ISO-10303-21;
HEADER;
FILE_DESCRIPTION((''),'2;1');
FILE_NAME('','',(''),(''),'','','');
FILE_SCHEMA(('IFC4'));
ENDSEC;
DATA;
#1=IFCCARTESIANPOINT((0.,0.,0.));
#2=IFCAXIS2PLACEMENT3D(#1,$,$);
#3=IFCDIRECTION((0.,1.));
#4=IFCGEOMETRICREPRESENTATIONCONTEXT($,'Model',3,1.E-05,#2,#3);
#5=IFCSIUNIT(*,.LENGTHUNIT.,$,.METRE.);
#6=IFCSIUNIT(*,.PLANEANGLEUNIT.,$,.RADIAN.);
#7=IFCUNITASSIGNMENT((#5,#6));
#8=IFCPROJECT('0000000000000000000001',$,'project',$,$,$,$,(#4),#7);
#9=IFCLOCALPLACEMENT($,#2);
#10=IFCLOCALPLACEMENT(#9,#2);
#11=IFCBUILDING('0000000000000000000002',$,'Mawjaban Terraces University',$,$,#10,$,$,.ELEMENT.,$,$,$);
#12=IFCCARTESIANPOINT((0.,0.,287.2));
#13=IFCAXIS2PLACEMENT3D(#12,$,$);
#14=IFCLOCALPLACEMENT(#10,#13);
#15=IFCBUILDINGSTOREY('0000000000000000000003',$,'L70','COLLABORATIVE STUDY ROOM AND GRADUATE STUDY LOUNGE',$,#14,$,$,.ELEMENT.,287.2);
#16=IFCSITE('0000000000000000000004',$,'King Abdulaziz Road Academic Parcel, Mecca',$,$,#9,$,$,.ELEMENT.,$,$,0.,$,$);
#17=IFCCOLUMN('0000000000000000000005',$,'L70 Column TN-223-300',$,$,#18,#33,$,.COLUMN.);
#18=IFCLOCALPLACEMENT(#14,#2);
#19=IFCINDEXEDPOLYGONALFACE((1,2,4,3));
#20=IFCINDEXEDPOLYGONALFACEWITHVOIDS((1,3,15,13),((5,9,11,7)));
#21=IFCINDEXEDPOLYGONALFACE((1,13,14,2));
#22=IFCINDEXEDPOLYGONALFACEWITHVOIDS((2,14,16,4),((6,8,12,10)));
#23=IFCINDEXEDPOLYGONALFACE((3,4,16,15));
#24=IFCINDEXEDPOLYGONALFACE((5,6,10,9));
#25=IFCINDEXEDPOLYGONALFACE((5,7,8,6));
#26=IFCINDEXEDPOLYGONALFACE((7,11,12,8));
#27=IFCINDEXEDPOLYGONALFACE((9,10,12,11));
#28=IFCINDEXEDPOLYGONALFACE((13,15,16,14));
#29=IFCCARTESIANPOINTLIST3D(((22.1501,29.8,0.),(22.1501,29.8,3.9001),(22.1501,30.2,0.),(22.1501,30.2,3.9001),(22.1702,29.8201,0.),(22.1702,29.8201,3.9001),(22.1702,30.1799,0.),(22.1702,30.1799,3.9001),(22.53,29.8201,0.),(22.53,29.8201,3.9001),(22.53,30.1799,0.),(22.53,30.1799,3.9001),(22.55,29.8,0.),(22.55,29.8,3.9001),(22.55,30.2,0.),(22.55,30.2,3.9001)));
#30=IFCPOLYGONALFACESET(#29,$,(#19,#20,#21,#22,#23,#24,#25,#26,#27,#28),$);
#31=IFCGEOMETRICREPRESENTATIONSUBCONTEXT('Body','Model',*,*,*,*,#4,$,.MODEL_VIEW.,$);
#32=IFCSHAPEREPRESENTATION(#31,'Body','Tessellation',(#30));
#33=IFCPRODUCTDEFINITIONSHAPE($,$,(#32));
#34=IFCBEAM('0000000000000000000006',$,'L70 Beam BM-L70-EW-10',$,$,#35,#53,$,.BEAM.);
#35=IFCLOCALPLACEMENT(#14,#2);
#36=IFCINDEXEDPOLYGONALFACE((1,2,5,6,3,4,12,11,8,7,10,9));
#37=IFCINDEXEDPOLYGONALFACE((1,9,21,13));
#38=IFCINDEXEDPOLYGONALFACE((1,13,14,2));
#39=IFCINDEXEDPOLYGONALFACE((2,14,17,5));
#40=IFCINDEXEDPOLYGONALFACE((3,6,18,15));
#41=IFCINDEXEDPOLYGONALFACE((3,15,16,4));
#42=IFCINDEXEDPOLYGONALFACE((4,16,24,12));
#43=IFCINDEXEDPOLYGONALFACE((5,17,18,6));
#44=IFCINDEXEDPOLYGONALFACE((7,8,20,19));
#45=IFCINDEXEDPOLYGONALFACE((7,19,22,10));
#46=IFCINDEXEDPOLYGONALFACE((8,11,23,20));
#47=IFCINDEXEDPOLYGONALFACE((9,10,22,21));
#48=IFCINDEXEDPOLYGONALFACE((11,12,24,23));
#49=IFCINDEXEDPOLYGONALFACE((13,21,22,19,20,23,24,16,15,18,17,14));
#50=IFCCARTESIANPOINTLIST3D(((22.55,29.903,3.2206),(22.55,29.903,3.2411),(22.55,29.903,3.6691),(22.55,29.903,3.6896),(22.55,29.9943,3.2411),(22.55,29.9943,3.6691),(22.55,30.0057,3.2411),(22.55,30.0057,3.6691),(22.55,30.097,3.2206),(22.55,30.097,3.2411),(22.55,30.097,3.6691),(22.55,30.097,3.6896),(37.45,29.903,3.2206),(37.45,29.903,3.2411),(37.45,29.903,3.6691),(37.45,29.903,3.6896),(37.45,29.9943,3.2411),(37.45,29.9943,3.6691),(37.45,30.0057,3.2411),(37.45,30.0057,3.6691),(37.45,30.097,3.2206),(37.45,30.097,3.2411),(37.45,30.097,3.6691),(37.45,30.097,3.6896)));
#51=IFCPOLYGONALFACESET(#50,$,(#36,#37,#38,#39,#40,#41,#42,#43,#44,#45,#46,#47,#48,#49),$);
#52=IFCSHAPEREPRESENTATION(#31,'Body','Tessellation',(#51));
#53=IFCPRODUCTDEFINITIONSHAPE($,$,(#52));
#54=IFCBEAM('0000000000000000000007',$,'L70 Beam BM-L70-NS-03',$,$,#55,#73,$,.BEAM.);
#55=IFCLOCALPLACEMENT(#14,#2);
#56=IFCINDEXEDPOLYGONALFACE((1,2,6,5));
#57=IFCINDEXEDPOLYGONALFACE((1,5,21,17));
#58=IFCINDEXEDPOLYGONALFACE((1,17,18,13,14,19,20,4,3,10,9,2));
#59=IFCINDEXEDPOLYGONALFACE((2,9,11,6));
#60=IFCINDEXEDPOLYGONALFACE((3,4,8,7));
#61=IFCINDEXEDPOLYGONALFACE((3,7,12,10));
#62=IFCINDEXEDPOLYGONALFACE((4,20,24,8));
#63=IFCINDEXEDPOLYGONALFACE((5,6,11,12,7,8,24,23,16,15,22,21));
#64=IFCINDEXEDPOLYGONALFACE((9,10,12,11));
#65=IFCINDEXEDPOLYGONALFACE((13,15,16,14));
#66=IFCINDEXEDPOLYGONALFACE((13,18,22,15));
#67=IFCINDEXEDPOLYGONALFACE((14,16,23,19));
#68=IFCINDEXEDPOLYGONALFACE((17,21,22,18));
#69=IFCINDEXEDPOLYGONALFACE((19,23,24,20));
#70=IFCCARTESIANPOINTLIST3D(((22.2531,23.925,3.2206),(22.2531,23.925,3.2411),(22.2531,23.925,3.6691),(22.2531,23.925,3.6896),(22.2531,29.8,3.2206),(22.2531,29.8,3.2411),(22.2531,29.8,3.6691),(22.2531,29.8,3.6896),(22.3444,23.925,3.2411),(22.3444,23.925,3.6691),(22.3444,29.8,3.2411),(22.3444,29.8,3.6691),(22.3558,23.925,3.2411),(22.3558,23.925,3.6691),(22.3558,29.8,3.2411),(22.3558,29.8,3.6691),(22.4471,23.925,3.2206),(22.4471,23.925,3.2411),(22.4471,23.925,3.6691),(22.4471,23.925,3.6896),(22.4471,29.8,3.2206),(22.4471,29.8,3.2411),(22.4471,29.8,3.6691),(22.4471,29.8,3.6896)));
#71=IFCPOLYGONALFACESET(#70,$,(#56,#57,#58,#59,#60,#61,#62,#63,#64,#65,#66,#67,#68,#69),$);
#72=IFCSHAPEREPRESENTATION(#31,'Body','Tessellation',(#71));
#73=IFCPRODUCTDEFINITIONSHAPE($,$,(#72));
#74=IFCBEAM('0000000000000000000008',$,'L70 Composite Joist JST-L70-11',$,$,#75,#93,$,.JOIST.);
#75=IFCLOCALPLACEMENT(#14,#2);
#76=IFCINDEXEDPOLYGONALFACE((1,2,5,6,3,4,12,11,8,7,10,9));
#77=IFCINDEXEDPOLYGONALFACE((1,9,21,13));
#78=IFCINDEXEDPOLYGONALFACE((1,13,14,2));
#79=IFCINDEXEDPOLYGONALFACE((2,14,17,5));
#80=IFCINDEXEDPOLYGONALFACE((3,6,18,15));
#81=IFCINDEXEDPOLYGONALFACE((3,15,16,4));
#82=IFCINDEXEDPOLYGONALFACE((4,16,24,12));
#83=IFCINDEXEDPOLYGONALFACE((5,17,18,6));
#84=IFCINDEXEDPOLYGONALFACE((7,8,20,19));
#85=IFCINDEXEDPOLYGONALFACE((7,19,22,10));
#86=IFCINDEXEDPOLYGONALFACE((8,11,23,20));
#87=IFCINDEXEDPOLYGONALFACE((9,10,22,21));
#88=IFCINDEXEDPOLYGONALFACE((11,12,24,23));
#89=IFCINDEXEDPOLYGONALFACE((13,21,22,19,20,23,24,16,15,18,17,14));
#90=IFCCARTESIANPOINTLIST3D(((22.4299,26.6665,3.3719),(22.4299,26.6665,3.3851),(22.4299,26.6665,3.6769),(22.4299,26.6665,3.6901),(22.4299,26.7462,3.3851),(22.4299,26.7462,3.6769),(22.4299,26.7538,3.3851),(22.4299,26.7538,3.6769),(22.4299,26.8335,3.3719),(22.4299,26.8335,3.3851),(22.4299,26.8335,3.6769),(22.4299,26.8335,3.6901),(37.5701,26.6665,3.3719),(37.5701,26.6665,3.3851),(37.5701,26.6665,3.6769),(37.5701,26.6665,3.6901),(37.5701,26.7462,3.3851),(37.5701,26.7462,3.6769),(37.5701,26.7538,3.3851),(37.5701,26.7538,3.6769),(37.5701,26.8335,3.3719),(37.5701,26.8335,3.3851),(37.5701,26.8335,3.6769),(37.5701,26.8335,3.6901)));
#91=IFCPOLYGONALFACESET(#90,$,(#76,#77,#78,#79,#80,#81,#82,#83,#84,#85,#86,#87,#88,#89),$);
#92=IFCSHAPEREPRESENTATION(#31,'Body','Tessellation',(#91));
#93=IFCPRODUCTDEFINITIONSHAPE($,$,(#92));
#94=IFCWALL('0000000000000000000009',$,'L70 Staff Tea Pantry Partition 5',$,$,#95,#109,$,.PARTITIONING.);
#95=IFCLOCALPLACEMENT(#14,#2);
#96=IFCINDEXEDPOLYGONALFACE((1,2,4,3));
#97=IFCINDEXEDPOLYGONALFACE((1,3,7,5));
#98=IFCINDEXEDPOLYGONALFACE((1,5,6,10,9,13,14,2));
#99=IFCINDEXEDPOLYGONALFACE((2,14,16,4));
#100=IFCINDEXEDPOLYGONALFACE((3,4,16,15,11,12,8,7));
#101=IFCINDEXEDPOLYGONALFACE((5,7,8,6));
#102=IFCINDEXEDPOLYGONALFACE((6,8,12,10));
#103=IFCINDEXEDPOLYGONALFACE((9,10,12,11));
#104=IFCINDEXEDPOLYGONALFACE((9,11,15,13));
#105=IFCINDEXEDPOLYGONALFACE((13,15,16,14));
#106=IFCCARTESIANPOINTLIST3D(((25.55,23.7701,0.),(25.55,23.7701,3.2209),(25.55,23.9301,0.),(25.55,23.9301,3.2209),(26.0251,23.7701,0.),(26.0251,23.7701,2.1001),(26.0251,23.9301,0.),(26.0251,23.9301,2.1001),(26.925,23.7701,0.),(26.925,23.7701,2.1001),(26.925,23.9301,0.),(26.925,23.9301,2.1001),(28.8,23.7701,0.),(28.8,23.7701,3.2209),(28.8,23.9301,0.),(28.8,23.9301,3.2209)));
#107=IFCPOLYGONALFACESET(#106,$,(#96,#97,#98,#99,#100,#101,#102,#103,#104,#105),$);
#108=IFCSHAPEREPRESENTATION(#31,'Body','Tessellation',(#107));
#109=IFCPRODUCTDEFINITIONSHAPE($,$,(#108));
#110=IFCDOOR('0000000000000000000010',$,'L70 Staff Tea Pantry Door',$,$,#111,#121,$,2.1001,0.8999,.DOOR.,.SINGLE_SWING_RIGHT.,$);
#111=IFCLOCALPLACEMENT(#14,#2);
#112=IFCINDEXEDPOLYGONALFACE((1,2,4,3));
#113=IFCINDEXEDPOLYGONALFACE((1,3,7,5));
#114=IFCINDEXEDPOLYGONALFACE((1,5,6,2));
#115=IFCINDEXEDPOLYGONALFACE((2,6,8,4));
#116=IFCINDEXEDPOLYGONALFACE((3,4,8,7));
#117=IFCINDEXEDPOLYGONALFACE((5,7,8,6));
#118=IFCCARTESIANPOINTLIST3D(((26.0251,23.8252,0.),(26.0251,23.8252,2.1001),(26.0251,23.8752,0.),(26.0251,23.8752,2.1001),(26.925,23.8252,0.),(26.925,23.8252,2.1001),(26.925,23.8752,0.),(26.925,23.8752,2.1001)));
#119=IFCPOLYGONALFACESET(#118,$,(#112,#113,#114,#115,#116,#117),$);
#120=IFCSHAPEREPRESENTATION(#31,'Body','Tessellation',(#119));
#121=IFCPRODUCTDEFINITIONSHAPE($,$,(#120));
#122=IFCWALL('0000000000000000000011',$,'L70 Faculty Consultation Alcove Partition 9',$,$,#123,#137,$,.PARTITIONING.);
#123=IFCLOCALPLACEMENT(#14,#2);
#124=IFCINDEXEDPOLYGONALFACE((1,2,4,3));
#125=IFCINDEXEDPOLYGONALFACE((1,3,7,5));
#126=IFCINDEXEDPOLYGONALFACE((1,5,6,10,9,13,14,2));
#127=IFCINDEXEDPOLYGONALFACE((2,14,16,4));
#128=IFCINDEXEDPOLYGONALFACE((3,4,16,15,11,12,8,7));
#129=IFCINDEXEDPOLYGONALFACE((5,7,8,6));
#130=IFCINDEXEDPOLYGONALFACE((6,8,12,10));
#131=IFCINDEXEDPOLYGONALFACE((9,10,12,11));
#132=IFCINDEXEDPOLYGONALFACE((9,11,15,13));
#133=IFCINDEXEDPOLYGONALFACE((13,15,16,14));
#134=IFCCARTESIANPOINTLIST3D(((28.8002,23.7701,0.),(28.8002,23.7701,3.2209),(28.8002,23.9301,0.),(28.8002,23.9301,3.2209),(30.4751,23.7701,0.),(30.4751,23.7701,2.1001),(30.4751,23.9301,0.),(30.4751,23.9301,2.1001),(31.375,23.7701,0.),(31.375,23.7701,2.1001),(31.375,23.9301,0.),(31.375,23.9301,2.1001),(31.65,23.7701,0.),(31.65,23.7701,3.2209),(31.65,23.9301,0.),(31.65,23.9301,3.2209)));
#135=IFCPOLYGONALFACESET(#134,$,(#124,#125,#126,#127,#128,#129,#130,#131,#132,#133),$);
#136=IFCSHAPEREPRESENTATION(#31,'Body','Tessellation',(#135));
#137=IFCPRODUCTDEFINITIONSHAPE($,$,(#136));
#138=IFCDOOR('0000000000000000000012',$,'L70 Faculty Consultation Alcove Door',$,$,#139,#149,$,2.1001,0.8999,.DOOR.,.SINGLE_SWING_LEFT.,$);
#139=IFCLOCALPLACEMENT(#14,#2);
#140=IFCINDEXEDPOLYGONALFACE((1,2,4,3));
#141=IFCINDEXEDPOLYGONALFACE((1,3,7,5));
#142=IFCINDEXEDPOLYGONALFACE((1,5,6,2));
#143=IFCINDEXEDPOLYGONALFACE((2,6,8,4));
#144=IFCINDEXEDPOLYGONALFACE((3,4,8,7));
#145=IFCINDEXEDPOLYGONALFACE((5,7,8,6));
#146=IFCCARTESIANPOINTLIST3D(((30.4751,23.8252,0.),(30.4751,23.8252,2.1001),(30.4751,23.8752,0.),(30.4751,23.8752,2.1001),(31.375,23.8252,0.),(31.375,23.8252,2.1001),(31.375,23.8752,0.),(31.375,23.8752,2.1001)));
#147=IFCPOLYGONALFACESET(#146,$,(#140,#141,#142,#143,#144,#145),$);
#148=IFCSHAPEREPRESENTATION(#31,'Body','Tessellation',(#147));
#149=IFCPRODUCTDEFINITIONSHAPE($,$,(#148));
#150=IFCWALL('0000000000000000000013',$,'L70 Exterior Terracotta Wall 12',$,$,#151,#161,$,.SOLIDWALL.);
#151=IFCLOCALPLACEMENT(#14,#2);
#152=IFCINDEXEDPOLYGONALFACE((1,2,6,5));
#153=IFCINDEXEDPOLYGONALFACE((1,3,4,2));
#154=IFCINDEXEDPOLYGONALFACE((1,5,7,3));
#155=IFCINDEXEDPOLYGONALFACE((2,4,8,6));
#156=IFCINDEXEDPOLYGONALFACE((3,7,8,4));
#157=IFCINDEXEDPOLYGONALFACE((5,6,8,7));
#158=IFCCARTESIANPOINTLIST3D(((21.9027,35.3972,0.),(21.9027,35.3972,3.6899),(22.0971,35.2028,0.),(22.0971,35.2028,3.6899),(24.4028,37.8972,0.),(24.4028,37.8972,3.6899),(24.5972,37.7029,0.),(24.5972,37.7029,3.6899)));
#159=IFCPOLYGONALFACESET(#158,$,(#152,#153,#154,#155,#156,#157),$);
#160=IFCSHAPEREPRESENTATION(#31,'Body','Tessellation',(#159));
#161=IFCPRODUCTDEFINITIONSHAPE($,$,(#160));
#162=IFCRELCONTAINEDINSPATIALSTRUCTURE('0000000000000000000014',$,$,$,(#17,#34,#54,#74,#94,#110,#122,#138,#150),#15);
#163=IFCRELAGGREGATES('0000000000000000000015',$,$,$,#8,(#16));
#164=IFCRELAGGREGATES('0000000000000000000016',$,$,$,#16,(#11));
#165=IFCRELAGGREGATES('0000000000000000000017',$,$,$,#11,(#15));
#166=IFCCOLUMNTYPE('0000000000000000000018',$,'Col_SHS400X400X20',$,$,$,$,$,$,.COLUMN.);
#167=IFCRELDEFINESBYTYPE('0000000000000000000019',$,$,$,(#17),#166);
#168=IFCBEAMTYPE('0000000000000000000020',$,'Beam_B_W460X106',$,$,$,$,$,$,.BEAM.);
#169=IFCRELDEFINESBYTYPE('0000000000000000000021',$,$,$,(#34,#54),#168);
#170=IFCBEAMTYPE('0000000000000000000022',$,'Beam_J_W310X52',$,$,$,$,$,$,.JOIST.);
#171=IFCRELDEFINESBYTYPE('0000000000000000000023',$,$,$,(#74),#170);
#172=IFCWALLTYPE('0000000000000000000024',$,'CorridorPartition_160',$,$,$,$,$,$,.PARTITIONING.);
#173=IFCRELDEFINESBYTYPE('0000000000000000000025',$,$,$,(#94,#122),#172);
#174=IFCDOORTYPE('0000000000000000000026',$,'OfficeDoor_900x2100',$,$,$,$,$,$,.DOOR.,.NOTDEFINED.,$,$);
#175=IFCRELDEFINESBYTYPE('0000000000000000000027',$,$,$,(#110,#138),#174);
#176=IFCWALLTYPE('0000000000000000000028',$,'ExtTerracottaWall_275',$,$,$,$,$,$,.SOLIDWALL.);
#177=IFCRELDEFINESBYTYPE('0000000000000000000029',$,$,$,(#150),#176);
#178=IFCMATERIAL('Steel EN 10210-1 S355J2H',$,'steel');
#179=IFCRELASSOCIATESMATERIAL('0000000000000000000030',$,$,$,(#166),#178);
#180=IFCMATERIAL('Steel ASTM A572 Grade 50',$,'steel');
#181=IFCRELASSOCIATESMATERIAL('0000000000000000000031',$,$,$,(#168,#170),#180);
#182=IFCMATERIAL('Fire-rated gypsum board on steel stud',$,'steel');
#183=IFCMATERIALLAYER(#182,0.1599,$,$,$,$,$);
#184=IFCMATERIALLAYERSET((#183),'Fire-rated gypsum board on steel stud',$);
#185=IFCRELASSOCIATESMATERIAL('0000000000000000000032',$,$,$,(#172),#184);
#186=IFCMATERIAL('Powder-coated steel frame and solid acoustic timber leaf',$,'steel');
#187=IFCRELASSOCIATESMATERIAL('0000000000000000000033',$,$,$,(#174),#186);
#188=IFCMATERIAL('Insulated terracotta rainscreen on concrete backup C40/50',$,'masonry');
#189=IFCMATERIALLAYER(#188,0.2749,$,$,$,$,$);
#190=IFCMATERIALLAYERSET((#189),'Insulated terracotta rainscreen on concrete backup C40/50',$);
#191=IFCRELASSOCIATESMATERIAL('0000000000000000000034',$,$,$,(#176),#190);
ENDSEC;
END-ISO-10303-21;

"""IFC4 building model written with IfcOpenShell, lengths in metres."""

from ifc_helpers import new_model, si_unit, direction, frame, frame_2d, origin, origin_2d, place, context, subcontext, project, spatial, rectangle, hollow_rectangle, i_section, extrude, material, layer, layer_set, material_profile, profile_set, type_object, element, fill, save


model = new_model("IFC4")

# Units and contexts
model_context = context("Model", 3, precision=1e-05, world=origin(), true_north=direction((0.0, 1.0)))
body_context = subcontext(model_context, "Body", "Model", "MODEL_VIEW")
ifc_project = project(units=[si_unit("LENGTHUNIT", "METRE"), si_unit("PLANEANGLEUNIT", "RADIAN")], contexts=[model_context])

# Site, building, storey
site_placement = place(None, origin())
site = spatial("IfcSite", under=ifc_project, at=site_placement, Name="King Abdulaziz Road Academic Parcel, Mecca", CompositionType="ELEMENT", RefElevation=0.0)
building_placement = place(site_placement, origin())
building = spatial("IfcBuilding", under=site, at=building_placement, Name="Mawjaban Terraces University", CompositionType="ELEMENT")
storey_placement = place(building_placement, frame((0.0, 0.0, 287.2)))
storey = spatial("IfcBuildingStorey", under=building, at=storey_placement, Name="L70", Description="COLLABORATIVE STUDY ROOM AND GRADUATE STUDY LOUNGE", CompositionType="ELEMENT", Elevation=287.2)

# Column
ifc_material_1 = material(Name="Steel EN 10210-1 S355J2H", Category="steel")
ifc_material_profile_1 = material_profile(ifc_material_1, hollow_rectangle(XDim=0.3999, YDim=0.3999, WallThickness=0.02, at=origin_2d()), Name="SHS400X400X20")
ifc_profile_set_1 = profile_set([ifc_material_profile_1], Name="Steel EN 10210-1 S355J2H")
column_type = type_object("IfcColumnType", Name="Col_SHS400X400X20", PredefinedType="COLUMN", material=ifc_profile_set_1)
column_placement = place(storey_placement, frame((22.3501, 30.0, 0.0), z_axis=(0.0, 0.0, 1.0), x_axis=(1.0, 0.0, 0.0)))
element("IfcColumn", 1, at=column_placement, inside=storey, type_object=column_type, Name="L70 Column TN-223-300", PredefinedType="COLUMN", context=body_context, shape_type="SweptSolid", body=[
    extrude(hollow_rectangle(XDim=0.3999, YDim=0.3999, WallThickness=0.02, at=origin_2d()), origin(), (0.0, 0.0, 1.0), 3.9001),
])

# Beams
ifc_material_2 = material(Name="Steel ASTM A572 Grade 50", Category="steel")
ifc_material_profile_2 = material_profile(ifc_material_2, i_section(OverallWidth=0.1941, OverallDepth=0.469, WebThickness=0.0115, FlangeThickness=0.0205, at=origin_2d()), Name="W460X106")
ifc_profile_set_2 = profile_set([ifc_material_profile_2], Name="Steel ASTM A572 Grade 50")
beam_type_1 = type_object("IfcBeamType", Name="Beam_B_W460X106", PredefinedType="BEAM", material=ifc_profile_set_2)
beam_1_placement = place(storey_placement, frame((22.55, 30.0, 3.4551), z_axis=(1.0, 0.0, 0.0), x_axis=(0.0, 1.0, 0.0)))
element("IfcBeam", 2, at=beam_1_placement, inside=storey, type_object=beam_type_1, Name="L70 Beam BM-L70-EW-10", PredefinedType="BEAM", context=body_context, shape_type="SweptSolid", body=[
    extrude(i_section(OverallWidth=0.1941, OverallDepth=0.469, WebThickness=0.0115, FlangeThickness=0.0205, at=origin_2d()), origin(), (0.0, 0.0, 1.0), 14.8999),
])
beam_2_placement = place(storey_placement, frame((22.3501, 23.925, 3.4551), z_axis=(0.0, 1.0, 0.0), x_axis=(-1.0, 0.0, 0.0)))
element("IfcBeam", 3, at=beam_2_placement, inside=storey, type_object=beam_type_1, Name="L70 Beam BM-L70-NS-03", PredefinedType="BEAM", context=body_context, shape_type="SweptSolid", body=[
    extrude(i_section(OverallWidth=0.1941, OverallDepth=0.469, WebThickness=0.0115, FlangeThickness=0.0205, at=origin_2d()), origin(), (0.0, 0.0, 1.0), 5.875),
])
ifc_material_profile_3 = material_profile(ifc_material_2, i_section(OverallWidth=0.167, OverallDepth=0.3181, WebThickness=0.0076, FlangeThickness=0.0132, at=origin_2d()), Name="W310X52")
ifc_profile_set_3 = profile_set([ifc_material_profile_3], Name="Steel ASTM A572 Grade 50")
beam_type_2 = type_object("IfcBeamType", Name="Beam_J_W310X52", PredefinedType="JOIST", material=ifc_profile_set_3)
beam_3_placement = place(storey_placement, frame((22.4299, 26.75, 3.531), z_axis=(1.0, 0.0, 0.0), x_axis=(0.0, 1.0, 0.0)))
element("IfcBeam", 4, at=beam_3_placement, inside=storey, type_object=beam_type_2, Name="L70 Composite Joist JST-L70-11", PredefinedType="JOIST", context=body_context, shape_type="SweptSolid", body=[
    extrude(i_section(OverallWidth=0.167, OverallDepth=0.3181, WebThickness=0.0076, FlangeThickness=0.0132, at=origin_2d()), origin(), (0.0, 0.0, 1.0), 15.1401),
])

# Walls, openings, doors
ifc_material_3 = material(Name="Fire-rated gypsum board on steel stud", Category="steel")
ifc_layer_1 = layer(ifc_material_3, 0.1599)
ifc_layer_set_1 = layer_set([ifc_layer_1], Name="Fire-rated gypsum board on steel stud")
wall_type_1 = type_object("IfcWallType", Name="CorridorPartition_160", PredefinedType="PARTITIONING", material=ifc_layer_set_1)
wall_1_placement = place(storey_placement, frame((28.8, 23.8501, 0.0), z_axis=(0.0, 0.0, 1.0), x_axis=(-1.0, 0.0, 0.0)))
wall_1 = element("IfcWall", 5, at=wall_1_placement, inside=storey, type_object=wall_type_1, Name="L70 Staff Tea Pantry Partition 5", PredefinedType="PARTITIONING", context=body_context, shape_type="SweptSolid", body=[
    extrude(rectangle(XDim=3.25, YDim=0.1599, at=frame_2d((1.625, 0.0))), origin(), (0.0, 0.0, 1.0), 3.2209),
])
opening_1_placement = place(wall_1_placement, frame((1.875, 0.0, 0.0)))
opening_1 = element("IfcOpeningElement", 6, at=opening_1_placement, cuts=wall_1, PredefinedType="OPENING", context=body_context, shape_type="SweptSolid", body=[
    extrude(rectangle(XDim=0.8999, YDim=2.1001, at=frame_2d((0.45, 1.05))), frame((0.0, 0.0898, 0.0), z_axis=(0.0, -1.0, 0.0), x_axis=(1.0, 0.0, 0.0)), (0.0, 0.0, 1.0), 0.1799),
])
ifc_material_4 = material(Name="Powder-coated steel frame and solid acoustic timber leaf", Category="steel")
door_type_1 = type_object("IfcDoorType", Name="OfficeDoor_900x2100", OperationType="NOTDEFINED", PredefinedType="DOOR", material=ifc_material_4)
door_1_placement = place(opening_1_placement, origin())
door_1 = element("IfcDoor", 7, at=door_1_placement, inside=storey, type_object=door_type_1, Name="L70 Staff Tea Pantry Door", OperationType="SINGLE_SWING_RIGHT", OverallHeight=2.1001, OverallWidth=0.8999, PredefinedType="DOOR", context=body_context, shape_type="SweptSolid", body=[
    extrude(rectangle(XDim=0.8999, YDim=2.1001, at=frame_2d((0.45, 1.05))), frame((0.0, 0.0249, 0.0), z_axis=(0.0, -1.0, 0.0), x_axis=(1.0, 0.0, 0.0)), (0.0, 0.0, 1.0), 0.05),
])
fill(opening_1, door_1)
wall_2_placement = place(storey_placement, frame((31.6499, 23.8501, 0.0), z_axis=(0.0, 0.0, 1.0), x_axis=(-1.0, 0.0, 0.0)))
wall_2 = element("IfcWall", 8, at=wall_2_placement, inside=storey, type_object=wall_type_1, Name="L70 Faculty Consultation Alcove Partition 9", PredefinedType="PARTITIONING", context=body_context, shape_type="SweptSolid", body=[
    extrude(rectangle(XDim=2.8499, YDim=0.1599, at=frame_2d((1.4248, 0.0))), origin(), (0.0, 0.0, 1.0), 3.2209),
])
opening_2_placement = place(wall_2_placement, frame((0.2749, 0.0, 0.0)))
opening_2 = element("IfcOpeningElement", 9, at=opening_2_placement, cuts=wall_2, PredefinedType="OPENING", context=body_context, shape_type="SweptSolid", body=[
    extrude(rectangle(XDim=0.8999, YDim=2.1001, at=frame_2d((0.45, 1.05))), frame((0.0, 0.0898, 0.0), z_axis=(0.0, -1.0, 0.0), x_axis=(1.0, 0.0, 0.0)), (0.0, 0.0, 1.0), 0.1799),
])
door_2_placement = place(opening_2_placement, origin())
door_2 = element("IfcDoor", 10, at=door_2_placement, inside=storey, type_object=door_type_1, Name="L70 Faculty Consultation Alcove Door", OperationType="SINGLE_SWING_LEFT", OverallHeight=2.1001, OverallWidth=0.8999, PredefinedType="DOOR", context=body_context, shape_type="SweptSolid", body=[
    extrude(rectangle(XDim=0.8999, YDim=2.1001, at=frame_2d((0.45, 1.05))), frame((0.0, 0.0249, 0.0), z_axis=(0.0, -1.0, 0.0), x_axis=(1.0, 0.0, 0.0)), (0.0, 0.0, 1.0), 0.05),
])
fill(opening_2, door_2)

# Wall
ifc_material_5 = material(Name="Insulated terracotta rainscreen on concrete backup C40/50", Category="masonry")
ifc_layer_2 = layer(ifc_material_5, 0.2749)
ifc_layer_set_2 = layer_set([ifc_layer_2], Name="Insulated terracotta rainscreen on concrete backup C40/50")
wall_type_2 = type_object("IfcWallType", Name="ExtTerracottaWall_275", PredefinedType="SOLIDWALL", material=ifc_layer_set_2)
wall_3_placement = place(storey_placement, frame((24.5, 37.8, 0.0), z_axis=(0.0, 0.0, 1.0), x_axis=(-0.707107, -0.707107, 0.0)))
element("IfcWall", 11, at=wall_3_placement, inside=storey, type_object=wall_type_2, Name="L70 Exterior Terracotta Wall 12", PredefinedType="SOLIDWALL", context=body_context, shape_type="SweptSolid", body=[
    extrude(rectangle(XDim=3.5356, YDim=0.2749, at=frame_2d((1.7678, 0.0))), origin(), (0.0, 0.0, 1.0), 3.6899),
])

save(model, "model.ifc")
